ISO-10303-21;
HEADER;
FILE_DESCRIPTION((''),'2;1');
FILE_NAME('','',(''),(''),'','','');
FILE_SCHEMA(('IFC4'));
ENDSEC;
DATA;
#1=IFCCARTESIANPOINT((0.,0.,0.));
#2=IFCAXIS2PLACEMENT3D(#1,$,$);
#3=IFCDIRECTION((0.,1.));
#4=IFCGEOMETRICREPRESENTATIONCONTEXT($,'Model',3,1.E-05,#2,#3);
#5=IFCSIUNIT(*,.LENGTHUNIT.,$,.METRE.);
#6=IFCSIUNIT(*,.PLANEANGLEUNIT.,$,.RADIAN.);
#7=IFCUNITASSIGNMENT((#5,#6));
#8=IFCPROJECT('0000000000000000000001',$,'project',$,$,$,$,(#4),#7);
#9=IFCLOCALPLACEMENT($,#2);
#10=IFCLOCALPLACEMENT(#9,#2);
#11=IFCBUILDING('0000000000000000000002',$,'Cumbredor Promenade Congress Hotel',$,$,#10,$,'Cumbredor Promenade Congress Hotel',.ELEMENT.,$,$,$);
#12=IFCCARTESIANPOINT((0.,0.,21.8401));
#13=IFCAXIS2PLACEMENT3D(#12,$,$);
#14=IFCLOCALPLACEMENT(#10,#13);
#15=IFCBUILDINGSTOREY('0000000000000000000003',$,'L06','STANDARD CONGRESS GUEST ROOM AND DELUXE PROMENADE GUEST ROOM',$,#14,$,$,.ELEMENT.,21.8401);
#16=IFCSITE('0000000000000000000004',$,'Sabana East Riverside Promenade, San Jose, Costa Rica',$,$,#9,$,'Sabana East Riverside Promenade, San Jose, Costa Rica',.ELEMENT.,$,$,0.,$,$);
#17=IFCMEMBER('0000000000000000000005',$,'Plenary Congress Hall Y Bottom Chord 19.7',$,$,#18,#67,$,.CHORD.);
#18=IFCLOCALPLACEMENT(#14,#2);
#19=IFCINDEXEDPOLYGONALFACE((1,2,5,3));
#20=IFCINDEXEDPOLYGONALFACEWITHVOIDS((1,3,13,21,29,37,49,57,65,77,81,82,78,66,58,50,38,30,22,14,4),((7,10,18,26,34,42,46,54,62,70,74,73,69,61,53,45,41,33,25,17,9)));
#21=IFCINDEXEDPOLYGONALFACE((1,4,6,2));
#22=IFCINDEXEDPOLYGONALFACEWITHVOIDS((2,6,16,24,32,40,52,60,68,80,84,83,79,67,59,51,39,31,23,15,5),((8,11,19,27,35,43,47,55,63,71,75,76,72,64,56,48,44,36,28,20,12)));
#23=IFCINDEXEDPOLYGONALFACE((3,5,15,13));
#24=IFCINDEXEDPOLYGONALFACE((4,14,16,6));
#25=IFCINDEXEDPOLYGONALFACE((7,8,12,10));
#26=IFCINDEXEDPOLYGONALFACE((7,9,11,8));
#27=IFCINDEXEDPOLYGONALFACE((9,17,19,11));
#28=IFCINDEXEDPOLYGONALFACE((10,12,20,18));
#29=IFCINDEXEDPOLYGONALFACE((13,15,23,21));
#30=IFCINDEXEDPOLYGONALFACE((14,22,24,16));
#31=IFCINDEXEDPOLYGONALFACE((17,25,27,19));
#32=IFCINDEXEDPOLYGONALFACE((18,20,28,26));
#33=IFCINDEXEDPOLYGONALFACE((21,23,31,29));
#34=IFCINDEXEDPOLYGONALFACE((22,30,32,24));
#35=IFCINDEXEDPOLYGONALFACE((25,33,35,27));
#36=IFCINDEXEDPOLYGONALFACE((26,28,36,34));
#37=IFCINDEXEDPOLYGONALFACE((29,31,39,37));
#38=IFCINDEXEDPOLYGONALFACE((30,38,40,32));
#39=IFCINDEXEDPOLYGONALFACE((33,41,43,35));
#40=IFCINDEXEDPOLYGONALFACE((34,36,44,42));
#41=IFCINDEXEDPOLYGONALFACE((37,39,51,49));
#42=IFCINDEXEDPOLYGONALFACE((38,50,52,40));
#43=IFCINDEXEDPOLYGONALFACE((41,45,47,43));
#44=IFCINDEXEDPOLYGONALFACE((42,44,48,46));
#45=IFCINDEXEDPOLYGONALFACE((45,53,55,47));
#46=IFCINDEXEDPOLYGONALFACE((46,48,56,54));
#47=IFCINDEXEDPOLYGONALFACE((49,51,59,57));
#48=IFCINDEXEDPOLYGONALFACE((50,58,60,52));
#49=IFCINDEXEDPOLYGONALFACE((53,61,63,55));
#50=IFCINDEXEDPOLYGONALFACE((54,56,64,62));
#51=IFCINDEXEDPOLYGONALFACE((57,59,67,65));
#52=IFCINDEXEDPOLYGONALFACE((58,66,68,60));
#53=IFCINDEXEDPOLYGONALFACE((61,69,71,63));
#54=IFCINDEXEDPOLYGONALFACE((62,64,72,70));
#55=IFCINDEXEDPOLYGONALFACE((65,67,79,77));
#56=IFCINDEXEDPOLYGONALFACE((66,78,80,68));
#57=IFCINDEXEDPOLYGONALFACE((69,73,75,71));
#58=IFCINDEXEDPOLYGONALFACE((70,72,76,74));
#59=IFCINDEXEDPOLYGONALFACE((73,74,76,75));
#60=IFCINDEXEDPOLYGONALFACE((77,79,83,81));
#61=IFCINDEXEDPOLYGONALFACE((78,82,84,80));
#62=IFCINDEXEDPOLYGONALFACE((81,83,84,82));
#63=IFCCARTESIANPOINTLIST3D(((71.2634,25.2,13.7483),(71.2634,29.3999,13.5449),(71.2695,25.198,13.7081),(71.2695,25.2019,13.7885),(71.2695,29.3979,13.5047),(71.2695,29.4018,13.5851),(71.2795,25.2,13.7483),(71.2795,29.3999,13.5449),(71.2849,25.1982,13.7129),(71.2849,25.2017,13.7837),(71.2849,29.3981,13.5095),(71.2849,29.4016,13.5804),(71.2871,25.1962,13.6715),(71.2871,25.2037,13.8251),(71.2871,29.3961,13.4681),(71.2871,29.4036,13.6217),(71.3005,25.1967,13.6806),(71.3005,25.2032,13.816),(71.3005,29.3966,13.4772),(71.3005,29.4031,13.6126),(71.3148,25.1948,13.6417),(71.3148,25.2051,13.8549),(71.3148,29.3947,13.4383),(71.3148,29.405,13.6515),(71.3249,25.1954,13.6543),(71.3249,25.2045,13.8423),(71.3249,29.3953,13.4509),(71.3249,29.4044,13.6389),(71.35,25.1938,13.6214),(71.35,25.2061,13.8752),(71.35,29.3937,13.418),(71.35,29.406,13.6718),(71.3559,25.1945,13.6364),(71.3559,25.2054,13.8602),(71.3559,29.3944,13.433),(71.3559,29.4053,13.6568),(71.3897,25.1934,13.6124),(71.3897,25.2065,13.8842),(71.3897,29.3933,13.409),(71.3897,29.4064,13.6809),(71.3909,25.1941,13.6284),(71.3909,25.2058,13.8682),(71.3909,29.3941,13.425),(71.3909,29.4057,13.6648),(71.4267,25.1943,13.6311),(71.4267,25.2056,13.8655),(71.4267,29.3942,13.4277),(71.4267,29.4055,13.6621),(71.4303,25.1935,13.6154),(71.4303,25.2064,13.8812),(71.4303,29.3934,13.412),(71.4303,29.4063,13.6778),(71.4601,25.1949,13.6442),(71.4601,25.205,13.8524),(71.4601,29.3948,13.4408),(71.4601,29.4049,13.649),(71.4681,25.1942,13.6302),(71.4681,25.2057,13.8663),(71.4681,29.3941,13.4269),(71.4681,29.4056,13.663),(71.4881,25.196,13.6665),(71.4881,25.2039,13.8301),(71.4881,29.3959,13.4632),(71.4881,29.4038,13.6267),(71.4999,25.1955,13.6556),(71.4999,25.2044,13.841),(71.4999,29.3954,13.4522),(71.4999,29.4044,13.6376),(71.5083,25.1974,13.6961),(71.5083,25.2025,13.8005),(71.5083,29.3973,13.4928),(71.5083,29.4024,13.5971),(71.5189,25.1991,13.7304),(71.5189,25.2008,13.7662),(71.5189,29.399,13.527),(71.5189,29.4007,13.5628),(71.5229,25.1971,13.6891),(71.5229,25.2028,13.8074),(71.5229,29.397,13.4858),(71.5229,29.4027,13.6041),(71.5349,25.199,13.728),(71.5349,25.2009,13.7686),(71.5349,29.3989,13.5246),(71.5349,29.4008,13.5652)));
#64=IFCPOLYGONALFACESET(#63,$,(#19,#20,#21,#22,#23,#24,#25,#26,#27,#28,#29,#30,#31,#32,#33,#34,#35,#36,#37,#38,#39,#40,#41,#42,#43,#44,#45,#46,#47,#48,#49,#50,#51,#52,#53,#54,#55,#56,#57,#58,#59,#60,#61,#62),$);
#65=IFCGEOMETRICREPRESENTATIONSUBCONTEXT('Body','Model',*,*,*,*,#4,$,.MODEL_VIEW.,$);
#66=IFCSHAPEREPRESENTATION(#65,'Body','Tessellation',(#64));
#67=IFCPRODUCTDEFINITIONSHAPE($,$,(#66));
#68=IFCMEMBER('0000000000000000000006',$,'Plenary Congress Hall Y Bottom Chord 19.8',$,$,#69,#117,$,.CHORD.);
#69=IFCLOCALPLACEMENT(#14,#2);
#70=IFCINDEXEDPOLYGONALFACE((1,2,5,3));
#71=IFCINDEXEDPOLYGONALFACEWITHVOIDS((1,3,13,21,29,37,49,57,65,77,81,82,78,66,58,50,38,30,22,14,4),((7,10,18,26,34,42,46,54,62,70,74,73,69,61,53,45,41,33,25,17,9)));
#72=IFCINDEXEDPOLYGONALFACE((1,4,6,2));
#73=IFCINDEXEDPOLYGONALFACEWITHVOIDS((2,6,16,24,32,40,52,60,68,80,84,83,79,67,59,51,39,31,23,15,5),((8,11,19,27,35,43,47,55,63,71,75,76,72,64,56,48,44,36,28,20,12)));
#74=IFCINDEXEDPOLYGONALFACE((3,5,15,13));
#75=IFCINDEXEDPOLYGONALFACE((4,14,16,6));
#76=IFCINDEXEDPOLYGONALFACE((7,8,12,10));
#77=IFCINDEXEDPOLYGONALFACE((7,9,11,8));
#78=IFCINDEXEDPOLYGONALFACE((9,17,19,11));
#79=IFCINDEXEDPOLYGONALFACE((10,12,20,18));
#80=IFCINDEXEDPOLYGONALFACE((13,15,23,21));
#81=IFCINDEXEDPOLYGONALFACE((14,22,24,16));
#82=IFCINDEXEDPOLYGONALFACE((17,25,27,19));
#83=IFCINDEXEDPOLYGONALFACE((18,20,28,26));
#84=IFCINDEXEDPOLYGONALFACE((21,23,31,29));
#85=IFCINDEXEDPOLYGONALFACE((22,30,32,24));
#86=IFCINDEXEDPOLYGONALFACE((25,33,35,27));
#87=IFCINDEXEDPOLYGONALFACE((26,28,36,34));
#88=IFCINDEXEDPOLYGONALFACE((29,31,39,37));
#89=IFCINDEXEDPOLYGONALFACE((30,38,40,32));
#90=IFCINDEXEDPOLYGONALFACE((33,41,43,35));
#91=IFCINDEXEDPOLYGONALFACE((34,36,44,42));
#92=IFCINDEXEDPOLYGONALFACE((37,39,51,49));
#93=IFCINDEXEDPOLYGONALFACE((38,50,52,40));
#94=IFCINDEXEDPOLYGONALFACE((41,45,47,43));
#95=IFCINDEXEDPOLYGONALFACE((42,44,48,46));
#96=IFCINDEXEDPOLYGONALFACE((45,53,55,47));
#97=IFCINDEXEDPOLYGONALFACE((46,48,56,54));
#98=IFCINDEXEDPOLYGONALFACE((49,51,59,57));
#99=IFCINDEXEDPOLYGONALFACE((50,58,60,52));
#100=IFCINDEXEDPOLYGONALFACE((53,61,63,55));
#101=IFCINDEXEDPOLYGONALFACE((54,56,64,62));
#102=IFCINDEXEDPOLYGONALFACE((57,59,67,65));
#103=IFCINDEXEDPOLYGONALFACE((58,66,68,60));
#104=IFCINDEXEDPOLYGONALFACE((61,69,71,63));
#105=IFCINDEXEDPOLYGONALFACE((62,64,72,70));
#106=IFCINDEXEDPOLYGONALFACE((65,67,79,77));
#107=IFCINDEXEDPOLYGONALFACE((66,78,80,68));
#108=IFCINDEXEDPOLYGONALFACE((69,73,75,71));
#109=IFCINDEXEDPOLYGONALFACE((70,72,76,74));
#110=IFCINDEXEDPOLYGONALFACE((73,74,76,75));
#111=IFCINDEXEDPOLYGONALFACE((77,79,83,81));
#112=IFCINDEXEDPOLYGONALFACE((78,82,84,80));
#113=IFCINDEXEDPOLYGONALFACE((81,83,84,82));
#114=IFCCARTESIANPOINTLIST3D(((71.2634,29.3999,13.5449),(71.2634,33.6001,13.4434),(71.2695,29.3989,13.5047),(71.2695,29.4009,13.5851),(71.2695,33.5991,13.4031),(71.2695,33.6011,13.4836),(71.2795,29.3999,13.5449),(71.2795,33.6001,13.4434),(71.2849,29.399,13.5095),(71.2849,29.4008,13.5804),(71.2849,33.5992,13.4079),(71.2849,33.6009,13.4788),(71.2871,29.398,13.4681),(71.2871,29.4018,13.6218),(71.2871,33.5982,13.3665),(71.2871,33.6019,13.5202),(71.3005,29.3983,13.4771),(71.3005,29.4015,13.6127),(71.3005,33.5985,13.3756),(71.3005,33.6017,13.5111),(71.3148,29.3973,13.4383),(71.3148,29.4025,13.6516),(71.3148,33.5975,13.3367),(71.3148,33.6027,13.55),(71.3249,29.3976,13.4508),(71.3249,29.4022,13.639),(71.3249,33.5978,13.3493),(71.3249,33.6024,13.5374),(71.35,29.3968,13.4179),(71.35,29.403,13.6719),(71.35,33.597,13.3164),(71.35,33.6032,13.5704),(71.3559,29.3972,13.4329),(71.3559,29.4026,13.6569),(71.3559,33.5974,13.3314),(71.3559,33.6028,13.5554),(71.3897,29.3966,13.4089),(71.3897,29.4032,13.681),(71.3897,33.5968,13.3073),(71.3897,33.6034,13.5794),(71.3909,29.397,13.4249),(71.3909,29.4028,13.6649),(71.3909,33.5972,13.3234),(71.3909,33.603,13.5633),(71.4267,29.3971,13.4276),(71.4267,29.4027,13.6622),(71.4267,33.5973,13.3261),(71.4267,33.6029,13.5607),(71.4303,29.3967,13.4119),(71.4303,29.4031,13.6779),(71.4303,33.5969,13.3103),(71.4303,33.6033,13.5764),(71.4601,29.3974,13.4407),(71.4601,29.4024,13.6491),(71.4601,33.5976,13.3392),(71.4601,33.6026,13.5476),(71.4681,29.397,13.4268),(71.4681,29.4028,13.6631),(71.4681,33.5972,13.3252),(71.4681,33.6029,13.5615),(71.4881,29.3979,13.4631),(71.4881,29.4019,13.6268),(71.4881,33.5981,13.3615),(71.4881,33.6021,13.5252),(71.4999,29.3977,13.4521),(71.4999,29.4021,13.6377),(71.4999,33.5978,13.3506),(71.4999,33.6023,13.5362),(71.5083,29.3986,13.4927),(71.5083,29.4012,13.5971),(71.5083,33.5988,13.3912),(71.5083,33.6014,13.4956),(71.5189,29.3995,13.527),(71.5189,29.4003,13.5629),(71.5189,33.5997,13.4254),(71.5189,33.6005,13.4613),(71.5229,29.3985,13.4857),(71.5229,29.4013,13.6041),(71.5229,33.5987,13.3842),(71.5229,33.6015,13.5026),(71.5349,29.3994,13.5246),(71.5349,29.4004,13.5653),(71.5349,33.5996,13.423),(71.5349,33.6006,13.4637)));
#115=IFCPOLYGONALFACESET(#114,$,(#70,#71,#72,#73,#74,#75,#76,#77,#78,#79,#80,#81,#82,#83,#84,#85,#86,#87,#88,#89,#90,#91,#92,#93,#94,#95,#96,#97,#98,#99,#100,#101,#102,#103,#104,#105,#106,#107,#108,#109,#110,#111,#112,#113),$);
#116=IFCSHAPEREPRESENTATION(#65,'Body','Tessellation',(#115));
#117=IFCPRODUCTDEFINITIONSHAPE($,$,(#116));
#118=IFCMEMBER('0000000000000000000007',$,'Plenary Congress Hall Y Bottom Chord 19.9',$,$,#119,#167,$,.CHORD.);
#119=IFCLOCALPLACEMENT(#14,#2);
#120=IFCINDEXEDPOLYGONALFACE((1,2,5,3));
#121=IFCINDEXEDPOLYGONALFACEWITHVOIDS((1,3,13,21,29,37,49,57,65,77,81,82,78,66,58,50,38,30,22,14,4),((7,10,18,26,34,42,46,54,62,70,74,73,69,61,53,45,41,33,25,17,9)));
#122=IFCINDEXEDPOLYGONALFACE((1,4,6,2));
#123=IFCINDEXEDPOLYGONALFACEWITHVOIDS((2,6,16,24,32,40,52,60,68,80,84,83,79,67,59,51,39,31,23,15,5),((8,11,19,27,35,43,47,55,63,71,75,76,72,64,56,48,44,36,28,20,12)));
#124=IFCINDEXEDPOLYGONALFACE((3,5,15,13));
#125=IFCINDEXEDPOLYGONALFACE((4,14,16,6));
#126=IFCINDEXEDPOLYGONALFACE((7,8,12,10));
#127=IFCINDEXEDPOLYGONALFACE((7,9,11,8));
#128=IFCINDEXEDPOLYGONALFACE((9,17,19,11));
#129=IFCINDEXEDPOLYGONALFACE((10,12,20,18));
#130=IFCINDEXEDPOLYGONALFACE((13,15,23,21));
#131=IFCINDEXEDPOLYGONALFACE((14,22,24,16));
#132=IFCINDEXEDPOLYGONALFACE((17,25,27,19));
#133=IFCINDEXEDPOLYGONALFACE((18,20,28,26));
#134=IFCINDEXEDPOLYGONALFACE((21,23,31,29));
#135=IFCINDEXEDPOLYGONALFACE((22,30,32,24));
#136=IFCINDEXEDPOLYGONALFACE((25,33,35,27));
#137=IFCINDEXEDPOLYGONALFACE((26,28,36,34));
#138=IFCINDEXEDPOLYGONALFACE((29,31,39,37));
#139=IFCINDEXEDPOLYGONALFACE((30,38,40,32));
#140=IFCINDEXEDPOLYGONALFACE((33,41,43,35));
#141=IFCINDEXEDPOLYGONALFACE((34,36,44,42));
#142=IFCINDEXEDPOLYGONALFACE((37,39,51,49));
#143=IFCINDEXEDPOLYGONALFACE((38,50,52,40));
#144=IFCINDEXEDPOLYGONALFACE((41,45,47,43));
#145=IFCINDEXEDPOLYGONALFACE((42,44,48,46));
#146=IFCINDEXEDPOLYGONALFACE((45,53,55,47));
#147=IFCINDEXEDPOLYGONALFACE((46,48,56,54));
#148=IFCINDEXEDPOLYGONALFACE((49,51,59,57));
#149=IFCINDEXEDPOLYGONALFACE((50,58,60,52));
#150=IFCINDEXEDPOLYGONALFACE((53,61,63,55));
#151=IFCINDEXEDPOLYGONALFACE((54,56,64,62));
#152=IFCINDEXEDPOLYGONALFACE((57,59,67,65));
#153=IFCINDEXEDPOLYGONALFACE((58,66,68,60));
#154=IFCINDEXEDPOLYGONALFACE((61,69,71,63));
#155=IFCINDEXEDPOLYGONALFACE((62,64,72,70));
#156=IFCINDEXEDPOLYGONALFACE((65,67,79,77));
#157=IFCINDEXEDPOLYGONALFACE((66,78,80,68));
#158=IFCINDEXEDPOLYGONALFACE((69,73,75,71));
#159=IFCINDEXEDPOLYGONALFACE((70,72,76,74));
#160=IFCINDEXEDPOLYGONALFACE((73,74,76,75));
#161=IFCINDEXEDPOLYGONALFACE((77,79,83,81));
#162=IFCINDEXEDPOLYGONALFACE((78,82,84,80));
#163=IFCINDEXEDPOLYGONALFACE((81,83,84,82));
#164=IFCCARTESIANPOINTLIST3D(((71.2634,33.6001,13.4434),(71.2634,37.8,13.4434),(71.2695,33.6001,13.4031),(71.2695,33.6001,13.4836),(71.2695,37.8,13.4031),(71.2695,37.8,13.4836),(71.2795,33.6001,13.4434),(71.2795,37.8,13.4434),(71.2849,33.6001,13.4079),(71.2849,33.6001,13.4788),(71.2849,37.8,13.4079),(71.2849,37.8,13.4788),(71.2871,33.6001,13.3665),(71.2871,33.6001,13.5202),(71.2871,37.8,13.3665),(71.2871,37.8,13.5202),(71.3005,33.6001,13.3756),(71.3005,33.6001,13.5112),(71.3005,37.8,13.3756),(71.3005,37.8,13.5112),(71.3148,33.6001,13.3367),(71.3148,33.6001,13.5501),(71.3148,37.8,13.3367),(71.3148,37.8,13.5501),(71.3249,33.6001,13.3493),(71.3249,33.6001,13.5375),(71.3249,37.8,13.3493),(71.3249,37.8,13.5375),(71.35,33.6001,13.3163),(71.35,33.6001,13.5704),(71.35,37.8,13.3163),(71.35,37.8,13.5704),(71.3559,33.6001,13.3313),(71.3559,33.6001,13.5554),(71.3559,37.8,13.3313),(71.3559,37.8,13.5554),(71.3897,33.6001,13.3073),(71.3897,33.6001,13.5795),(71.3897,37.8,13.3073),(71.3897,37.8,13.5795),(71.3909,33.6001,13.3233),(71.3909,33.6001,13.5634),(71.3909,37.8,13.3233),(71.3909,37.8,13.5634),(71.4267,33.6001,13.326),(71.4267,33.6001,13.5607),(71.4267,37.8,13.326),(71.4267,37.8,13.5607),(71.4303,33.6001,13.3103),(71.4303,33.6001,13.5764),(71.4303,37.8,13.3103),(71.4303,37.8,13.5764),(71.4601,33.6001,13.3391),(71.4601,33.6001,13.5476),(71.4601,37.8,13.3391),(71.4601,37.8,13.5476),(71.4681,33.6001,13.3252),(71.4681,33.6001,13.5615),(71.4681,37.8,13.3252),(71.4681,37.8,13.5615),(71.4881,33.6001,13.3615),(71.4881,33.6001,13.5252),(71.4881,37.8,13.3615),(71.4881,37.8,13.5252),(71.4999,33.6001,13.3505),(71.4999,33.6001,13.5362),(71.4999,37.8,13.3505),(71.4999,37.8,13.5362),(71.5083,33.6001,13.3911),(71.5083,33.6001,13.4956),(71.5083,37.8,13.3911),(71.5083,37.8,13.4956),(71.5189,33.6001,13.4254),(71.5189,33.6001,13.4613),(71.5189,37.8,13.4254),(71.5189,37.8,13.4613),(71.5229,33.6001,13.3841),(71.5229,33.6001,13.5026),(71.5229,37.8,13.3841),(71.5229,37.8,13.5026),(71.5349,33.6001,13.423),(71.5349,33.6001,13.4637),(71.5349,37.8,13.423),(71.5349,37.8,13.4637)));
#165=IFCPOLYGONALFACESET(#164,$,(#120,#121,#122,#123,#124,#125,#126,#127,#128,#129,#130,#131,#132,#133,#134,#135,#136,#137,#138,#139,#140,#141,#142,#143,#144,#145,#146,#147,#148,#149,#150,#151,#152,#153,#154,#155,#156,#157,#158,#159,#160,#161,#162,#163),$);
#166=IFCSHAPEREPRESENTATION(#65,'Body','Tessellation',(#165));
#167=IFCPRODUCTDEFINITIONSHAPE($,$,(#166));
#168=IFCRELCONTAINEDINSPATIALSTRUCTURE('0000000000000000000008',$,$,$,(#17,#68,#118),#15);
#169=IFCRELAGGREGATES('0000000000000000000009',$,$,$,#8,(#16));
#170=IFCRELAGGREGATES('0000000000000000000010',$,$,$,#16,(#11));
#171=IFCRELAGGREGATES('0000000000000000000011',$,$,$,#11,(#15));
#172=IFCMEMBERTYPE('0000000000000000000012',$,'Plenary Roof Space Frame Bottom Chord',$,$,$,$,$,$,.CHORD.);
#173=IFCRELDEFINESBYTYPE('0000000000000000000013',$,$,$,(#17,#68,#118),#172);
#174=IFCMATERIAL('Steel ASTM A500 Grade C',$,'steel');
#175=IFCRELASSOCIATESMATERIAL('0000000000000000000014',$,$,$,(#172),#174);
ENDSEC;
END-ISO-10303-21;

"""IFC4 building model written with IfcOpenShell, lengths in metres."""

from ifc_helpers import new_model, si_unit, direction, frame, origin, origin_2d, place, context, subcontext, project, spatial, hollow_circle, extrude, material, material_profile, profile_set, type_object, element, save


model = new_model("IFC4")

# Units and contexts
model_context = context("Model", 3, precision=1e-05, world=origin(), true_north=direction((0.0, 1.0)))
body_context = subcontext(model_context, "Body", "Model", "MODEL_VIEW")
ifc_project = project(units=[si_unit("LENGTHUNIT", "METRE"), si_unit("PLANEANGLEUNIT", "RADIAN")], contexts=[model_context])

# Site, building, storey
site_placement = place(None, origin())
site = spatial("IfcSite", under=ifc_project, at=site_placement, Name="Sabana East Riverside Promenade, San Jose, Costa Rica", LongName="Sabana East Riverside Promenade, San Jose, Costa Rica", CompositionType="ELEMENT", RefElevation=0.0)
building_placement = place(site_placement, origin())
building = spatial("IfcBuilding", under=site, at=building_placement, Name="Cumbredor Promenade Congress Hotel", LongName="Cumbredor Promenade Congress Hotel", CompositionType="ELEMENT")
storey_placement = place(building_placement, frame((0.0, 0.0, 21.8401)))
storey = spatial("IfcBuildingStorey", under=building, at=storey_placement, Name="L06", Description="STANDARD CONGRESS GUEST ROOM AND DELUXE PROMENADE GUEST ROOM", CompositionType="ELEMENT", Elevation=21.8401)

# Members
ifc_material_1 = material(Name="Steel ASTM A500 Grade C", Category="steel")
ifc_material_profile_1 = material_profile(ifc_material_1, hollow_circle(Radius=0.1365, WallThickness=0.0161, at=origin_2d()), Name="CHS 273.0x16")
ifc_profile_set_1 = profile_set([ifc_material_profile_1], Name="Steel ASTM A500 Grade C")
member_type_1 = type_object("IfcMemberType", Name="Plenary Roof Space Frame Bottom Chord", PredefinedType="CHORD", material=ifc_profile_set_1)
member_1_placement = place(storey_placement, frame((71.3999, 25.2, 13.7483), z_axis=(0.0, 0.99883, -0.048365), x_axis=(-1.0, 0.0, 0.0)))
element("IfcMember", 1, at=member_1_placement, inside=storey, type_object=member_type_1, Name="Plenary Congress Hall Y Bottom Chord 19.7", PredefinedType="CHORD", context=body_context, shape_type="SweptSolid", body=[
    extrude(hollow_circle(Radius=0.1365, WallThickness=0.0161, at=origin_2d()), origin(), (0.0, 0.0, 1.0), 4.2048),
])
member_2_placement = place(storey_placement, frame((71.3999, 29.3999, 13.5449), z_axis=(0.0, 0.999708, -0.024173), x_axis=(-1.0, 0.0, 0.0)))
element("IfcMember", 2, at=member_2_placement, inside=storey, type_object=member_type_1, Name="Plenary Congress Hall Y Bottom Chord 19.8", PredefinedType="CHORD", context=body_context, shape_type="SweptSolid", body=[
    extrude(hollow_circle(Radius=0.1365, WallThickness=0.0161, at=origin_2d()), origin(), (0.0, 0.0, 1.0), 4.2014),
])
member_3_placement = place(storey_placement, frame((71.3999, 33.6001, 13.4434), z_axis=(0.0, 1.0, 0.0), x_axis=(-1.0, 0.0, 0.0)))
element("IfcMember", 3, at=member_3_placement, inside=storey, type_object=member_type_1, Name="Plenary Congress Hall Y Bottom Chord 19.9", PredefinedType="CHORD", context=body_context, shape_type="SweptSolid", body=[
    extrude(hollow_circle(Radius=0.1365, WallThickness=0.0161, at=origin_2d()), origin(), (0.0, 0.0, 1.0), 4.2),
])

save(model, "model.ifc")
